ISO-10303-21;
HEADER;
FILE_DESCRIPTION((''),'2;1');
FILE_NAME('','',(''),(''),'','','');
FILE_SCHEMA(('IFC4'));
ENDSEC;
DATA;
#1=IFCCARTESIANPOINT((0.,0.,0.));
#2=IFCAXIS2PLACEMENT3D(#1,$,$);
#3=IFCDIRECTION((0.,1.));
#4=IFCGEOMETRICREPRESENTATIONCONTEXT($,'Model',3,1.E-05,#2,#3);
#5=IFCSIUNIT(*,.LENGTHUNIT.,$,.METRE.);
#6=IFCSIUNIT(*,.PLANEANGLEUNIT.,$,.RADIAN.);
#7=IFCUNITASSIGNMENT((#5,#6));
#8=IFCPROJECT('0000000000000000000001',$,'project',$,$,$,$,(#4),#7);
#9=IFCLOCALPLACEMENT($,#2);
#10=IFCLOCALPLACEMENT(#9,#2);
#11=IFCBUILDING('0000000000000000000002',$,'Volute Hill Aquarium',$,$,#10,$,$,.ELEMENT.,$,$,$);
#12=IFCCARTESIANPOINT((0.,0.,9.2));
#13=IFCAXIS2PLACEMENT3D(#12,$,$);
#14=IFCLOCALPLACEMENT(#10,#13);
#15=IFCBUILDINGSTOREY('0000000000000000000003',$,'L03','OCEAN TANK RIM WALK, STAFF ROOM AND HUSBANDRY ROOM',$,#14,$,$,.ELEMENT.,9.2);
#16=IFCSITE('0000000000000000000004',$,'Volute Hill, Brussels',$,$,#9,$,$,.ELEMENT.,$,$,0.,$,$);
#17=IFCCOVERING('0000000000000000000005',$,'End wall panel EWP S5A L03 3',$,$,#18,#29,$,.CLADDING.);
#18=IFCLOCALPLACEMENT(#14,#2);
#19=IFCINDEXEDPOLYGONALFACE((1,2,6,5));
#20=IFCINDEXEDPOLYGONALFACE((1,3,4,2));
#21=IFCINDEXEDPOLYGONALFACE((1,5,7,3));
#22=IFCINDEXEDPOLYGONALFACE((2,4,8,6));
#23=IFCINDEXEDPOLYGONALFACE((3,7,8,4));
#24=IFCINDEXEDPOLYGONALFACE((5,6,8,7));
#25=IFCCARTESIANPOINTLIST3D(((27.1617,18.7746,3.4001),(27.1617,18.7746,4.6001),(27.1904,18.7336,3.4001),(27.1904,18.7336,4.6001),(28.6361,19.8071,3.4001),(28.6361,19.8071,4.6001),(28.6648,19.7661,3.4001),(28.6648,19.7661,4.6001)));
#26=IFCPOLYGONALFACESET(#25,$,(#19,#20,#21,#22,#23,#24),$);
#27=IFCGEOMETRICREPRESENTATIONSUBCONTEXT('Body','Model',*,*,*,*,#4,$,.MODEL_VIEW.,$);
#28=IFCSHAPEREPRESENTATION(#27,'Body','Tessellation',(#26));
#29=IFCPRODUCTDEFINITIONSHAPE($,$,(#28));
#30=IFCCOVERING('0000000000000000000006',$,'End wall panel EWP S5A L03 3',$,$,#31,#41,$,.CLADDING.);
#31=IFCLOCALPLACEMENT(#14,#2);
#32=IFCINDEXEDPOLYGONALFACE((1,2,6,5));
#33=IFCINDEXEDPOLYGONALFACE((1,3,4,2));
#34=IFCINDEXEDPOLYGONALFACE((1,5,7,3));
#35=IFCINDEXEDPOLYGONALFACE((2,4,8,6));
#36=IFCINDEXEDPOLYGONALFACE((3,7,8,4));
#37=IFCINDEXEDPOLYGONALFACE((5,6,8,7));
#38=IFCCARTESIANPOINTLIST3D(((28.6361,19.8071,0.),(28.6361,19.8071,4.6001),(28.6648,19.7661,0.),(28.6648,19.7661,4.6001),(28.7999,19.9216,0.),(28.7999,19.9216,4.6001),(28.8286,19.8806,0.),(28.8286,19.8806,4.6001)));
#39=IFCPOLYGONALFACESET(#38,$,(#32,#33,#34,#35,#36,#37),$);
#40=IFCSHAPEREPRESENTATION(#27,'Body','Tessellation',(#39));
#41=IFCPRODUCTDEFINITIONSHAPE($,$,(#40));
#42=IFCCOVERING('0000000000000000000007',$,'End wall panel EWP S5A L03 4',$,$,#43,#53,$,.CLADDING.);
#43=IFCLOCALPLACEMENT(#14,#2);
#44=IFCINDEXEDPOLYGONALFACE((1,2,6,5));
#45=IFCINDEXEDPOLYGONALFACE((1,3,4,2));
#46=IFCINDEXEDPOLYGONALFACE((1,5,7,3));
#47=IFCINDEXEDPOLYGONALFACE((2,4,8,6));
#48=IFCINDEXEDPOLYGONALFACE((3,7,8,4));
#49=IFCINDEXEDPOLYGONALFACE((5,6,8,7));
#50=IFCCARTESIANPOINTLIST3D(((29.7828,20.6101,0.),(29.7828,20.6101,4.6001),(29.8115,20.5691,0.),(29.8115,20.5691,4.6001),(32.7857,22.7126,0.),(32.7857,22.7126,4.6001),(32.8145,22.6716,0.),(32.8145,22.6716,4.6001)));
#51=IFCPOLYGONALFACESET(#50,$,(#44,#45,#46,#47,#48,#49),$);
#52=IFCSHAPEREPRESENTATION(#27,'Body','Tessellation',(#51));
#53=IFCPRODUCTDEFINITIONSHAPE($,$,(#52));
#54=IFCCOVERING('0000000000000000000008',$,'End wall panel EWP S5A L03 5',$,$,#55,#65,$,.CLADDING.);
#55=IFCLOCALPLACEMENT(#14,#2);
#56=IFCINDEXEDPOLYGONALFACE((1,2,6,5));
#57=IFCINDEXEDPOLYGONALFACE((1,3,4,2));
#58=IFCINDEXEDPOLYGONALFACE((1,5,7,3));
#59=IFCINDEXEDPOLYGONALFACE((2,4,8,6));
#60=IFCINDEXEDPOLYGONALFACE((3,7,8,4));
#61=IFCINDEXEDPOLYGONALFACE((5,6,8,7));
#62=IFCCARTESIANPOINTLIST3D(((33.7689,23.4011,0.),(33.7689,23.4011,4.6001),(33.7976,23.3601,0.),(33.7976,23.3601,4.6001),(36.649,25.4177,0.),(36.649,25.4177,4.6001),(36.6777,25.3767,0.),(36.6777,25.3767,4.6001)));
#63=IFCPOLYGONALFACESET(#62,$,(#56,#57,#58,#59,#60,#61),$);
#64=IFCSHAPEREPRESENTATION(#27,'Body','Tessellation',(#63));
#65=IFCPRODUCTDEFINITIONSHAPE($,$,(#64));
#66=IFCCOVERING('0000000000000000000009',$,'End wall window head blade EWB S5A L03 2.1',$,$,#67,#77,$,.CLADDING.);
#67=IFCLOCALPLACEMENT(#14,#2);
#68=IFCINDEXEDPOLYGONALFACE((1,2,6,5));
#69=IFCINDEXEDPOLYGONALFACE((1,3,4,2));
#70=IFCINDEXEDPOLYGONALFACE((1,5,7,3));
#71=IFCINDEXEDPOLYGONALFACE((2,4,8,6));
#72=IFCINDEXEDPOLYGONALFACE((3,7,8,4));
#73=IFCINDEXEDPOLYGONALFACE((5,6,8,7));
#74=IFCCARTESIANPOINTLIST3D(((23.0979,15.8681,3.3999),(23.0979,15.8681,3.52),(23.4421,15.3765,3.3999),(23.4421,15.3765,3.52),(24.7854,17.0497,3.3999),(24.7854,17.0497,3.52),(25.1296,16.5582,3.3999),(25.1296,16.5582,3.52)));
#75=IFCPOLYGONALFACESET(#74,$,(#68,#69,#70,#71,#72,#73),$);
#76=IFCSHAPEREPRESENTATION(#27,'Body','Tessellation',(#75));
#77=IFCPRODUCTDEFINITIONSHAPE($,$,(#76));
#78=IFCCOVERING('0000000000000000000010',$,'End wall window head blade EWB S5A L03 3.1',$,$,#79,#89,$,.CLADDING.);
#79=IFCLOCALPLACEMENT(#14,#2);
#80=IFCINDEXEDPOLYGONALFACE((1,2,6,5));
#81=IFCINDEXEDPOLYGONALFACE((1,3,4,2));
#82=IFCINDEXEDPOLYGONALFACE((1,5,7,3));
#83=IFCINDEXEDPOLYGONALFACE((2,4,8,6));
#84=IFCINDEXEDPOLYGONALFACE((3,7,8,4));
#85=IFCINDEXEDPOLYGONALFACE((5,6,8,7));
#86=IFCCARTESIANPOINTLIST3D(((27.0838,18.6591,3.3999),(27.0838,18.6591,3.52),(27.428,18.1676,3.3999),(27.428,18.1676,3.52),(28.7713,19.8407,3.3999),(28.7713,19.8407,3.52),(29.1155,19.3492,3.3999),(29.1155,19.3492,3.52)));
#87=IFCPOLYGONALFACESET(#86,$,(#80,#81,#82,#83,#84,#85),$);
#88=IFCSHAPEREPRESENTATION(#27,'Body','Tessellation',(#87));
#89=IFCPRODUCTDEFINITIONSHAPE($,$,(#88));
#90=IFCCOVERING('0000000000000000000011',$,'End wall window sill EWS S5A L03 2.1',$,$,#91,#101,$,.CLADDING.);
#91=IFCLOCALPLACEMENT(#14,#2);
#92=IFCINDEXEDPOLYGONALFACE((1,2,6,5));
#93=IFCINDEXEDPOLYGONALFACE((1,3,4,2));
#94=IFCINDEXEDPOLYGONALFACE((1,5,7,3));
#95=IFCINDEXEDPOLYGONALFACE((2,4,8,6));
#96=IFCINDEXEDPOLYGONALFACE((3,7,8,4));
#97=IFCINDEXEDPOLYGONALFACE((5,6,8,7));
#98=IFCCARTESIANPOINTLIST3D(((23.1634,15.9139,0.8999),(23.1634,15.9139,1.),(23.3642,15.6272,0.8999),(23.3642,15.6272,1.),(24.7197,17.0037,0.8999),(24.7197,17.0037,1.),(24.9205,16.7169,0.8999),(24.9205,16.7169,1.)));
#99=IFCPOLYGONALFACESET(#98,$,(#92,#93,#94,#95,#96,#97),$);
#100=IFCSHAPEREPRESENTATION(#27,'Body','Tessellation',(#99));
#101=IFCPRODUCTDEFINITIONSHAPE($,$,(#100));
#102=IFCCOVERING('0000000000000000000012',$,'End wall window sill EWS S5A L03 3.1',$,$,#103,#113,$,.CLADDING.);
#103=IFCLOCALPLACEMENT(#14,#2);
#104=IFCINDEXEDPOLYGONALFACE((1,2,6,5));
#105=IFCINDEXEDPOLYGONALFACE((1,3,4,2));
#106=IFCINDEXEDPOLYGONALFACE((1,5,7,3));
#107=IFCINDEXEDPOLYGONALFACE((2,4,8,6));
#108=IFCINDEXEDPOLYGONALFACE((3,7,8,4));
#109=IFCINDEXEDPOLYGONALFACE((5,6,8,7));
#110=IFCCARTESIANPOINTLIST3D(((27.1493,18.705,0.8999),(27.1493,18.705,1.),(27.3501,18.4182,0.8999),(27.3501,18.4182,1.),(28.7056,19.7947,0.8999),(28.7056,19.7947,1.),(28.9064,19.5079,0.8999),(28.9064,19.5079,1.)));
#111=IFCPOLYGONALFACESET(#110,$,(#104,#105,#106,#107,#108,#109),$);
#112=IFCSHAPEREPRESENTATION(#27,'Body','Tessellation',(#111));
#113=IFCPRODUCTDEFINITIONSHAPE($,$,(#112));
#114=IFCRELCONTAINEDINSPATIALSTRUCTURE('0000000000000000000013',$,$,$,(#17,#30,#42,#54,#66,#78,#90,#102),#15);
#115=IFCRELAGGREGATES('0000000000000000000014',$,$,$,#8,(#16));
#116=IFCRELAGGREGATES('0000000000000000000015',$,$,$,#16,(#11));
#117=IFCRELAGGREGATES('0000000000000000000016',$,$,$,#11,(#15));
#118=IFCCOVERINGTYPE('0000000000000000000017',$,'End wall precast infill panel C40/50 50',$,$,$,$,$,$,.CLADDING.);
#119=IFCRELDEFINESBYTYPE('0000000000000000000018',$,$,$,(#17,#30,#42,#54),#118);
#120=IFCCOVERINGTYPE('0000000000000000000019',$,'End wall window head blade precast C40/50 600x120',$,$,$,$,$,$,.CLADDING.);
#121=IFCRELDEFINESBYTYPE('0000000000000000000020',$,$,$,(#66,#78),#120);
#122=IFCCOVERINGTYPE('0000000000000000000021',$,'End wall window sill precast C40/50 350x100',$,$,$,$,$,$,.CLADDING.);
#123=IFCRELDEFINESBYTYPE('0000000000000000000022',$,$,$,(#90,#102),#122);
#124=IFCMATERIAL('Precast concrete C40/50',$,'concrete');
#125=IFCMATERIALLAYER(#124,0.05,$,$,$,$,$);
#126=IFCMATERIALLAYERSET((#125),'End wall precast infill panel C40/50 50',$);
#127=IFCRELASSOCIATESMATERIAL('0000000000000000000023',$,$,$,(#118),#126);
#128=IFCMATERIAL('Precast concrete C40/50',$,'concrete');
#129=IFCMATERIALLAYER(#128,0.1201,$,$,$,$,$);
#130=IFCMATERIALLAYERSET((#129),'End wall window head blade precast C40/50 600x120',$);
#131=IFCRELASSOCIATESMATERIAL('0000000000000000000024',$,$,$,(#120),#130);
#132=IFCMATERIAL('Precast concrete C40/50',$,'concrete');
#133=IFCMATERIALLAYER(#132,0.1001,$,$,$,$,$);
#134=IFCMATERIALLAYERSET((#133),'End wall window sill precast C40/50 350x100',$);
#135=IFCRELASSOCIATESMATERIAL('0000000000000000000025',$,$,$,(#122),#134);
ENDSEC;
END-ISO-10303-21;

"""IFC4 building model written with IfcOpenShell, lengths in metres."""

from ifc_helpers import new_model, si_unit, direction, frame, origin, origin_2d, place, context, subcontext, project, spatial, polyline, rectangle, outline, extrude, material, layer, layer_set, type_object, element, save


model = new_model("IFC4")

# Units and contexts
model_context = context("Model", 3, precision=1e-05, world=origin(), true_north=direction((0.0, 1.0)))
body_context = subcontext(model_context, "Body", "Model", "MODEL_VIEW")
ifc_project = project(units=[si_unit("LENGTHUNIT", "METRE"), si_unit("PLANEANGLEUNIT", "RADIAN")], contexts=[model_context])

# Site, building, storey
site_placement = place(None, origin())
site = spatial("IfcSite", under=ifc_project, at=site_placement, Name="Volute Hill, Brussels", CompositionType="ELEMENT", RefElevation=0.0)
building_placement = place(site_placement, origin())
building = spatial("IfcBuilding", under=site, at=building_placement, Name="Volute Hill Aquarium", CompositionType="ELEMENT")
storey_placement = place(building_placement, frame((0.0, 0.0, 9.2)))
storey = spatial("IfcBuildingStorey", under=building, at=storey_placement, Name="L03", Description="OCEAN TANK RIM WALK, STAFF ROOM AND HUSBANDRY ROOM", CompositionType="ELEMENT", Elevation=9.2)

# Coverings
ifc_material_1 = material(Name="Precast concrete C40/50", Category="concrete")
ifc_layer_1 = layer(ifc_material_1, 0.05)
ifc_layer_set_1 = layer_set([ifc_layer_1], Name="End wall precast infill panel C40/50 50")
covering_type_1 = type_object("IfcCoveringType", Name="End wall precast infill panel C40/50 50", PredefinedType="CLADDING", material=ifc_layer_set_1)
covering_1_placement = place(storey_placement, frame((27.1904, 18.7336, 3.4001), z_axis=(0.573617, -0.819124, 0.0), x_axis=(0.819124, 0.573617, 0.0)))
element("IfcCovering", 1, at=covering_1_placement, inside=storey, type_object=covering_type_1, Name="End wall panel EWP S5A L03 3", PredefinedType="CLADDING", context=body_context, shape_type="SweptSolid", body=[
    extrude(outline(polyline([(0.0, 0.0), (1.7999, 0.0), (1.7999, 1.2), (0.0, 1.2), (0.0, 0.0)])), origin(), (0.0, 0.0, -1.0), 0.05),
])
covering_2_placement = place(storey_placement, frame((28.6648, 19.7661, 0.0), z_axis=(0.572888, -0.819633, 0.0), x_axis=(0.819633, 0.572888, 0.0)))
element("IfcCovering", 2, at=covering_2_placement, inside=storey, type_object=covering_type_1, Name="End wall panel EWP S5A L03 3", PredefinedType="CLADDING", context=body_context, shape_type="SweptSolid", body=[
    extrude(outline(polyline([(0.0, 0.0), (0.1999, 0.0), (0.1999, 4.6001), (0.0, 4.6001), (0.0, 0.0)])), origin(), (0.0, 0.0, -1.0), 0.05),
])
covering_3_placement = place(storey_placement, frame((29.8115, 20.5691, 0.0), z_axis=(0.573552, -0.819169, 0.0), x_axis=(0.819169, 0.573552, 0.0)))
element("IfcCovering", 3, at=covering_3_placement, inside=storey, type_object=covering_type_1, Name="End wall panel EWP S5A L03 4", PredefinedType="CLADDING", context=body_context, shape_type="SweptSolid", body=[
    extrude(outline(polyline([(0.0, 0.0), (3.6658, 0.0), (3.6658, 4.6001), (0.0, 4.6001), (0.0, 0.0)])), origin(), (0.0, 0.0, -1.0), 0.05),
])
covering_4_placement = place(storey_placement, frame((33.7976, 23.3601, 0.0), z_axis=(0.57356, -0.819163, 0.0), x_axis=(0.819163, 0.57356, 0.0)))
element("IfcCovering", 4, at=covering_4_placement, inside=storey, type_object=covering_type_1, Name="End wall panel EWP S5A L03 5", PredefinedType="CLADDING", context=body_context, shape_type="SweptSolid", body=[
    extrude(outline(polyline([(0.0, 0.0), (3.5159, 0.0), (3.5159, 4.6001), (0.0, 4.6001), (0.0, 0.0)])), origin(), (0.0, 0.0, -1.0), 0.05),
])
ifc_material_2 = material(Name="Precast concrete C40/50", Category="concrete")
ifc_layer_2 = layer(ifc_material_2, 0.1201)
ifc_layer_set_2 = layer_set([ifc_layer_2], Name="End wall window head blade precast C40/50 600x120")
covering_type_2 = type_object("IfcCoveringType", Name="End wall window head blade precast C40/50 600x120", PredefinedType="CLADDING", material=ifc_layer_set_2)
for number, where, z_axis, x_axis, name in (
    (5, (24.1138, 16.2131, 3.3999), (0.0, 0.0, 1.0), (0.81915, 0.573579, 0.0), "End wall window head blade EWB S5A L03 2.1"),
    (6, (28.0996, 19.0042, 3.3999), (0.0, 0.0, 1.0), (0.81915, 0.573579, 0.0), "End wall window head blade EWB S5A L03 3.1"),
):
    element("IfcCovering", number, at=place(storey_placement, frame(where, z_axis=z_axis, x_axis=x_axis)), inside=storey, type_object=covering_type_2, Name=name, PredefinedType="CLADDING", context=body_context, shape_type="SweptSolid", body=[
        extrude(rectangle(XDim=2.0601, YDim=0.6001, at=origin_2d()), origin(), (0.0, 0.0, 1.0), 0.1201),
    ])
ifc_material_3 = material(Name="Precast concrete C40/50", Category="concrete")
ifc_layer_3 = layer(ifc_material_3, 0.1001)
ifc_layer_set_3 = layer_set([ifc_layer_3], Name="End wall window sill precast C40/50 350x100")
covering_type_3 = type_object("IfcCoveringType", Name="End wall window sill precast C40/50 350x100", PredefinedType="CLADDING", material=ifc_layer_set_3)
for number, where, z_axis, x_axis, name in (
    (7, (24.042, 16.3154, 0.8999), (0.0, 0.0, 1.0), (0.81915, 0.573579, 0.0), "End wall window sill EWS S5A L03 2.1"),
    (8, (28.0278, 19.1064, 0.8999), (0.0, 0.0, 1.0), (0.81915, 0.573579, 0.0), "End wall window sill EWS S5A L03 3.1"),
):
    element("IfcCovering", number, at=place(storey_placement, frame(where, z_axis=z_axis, x_axis=x_axis)), inside=storey, type_object=covering_type_3, Name=name, PredefinedType="CLADDING", context=body_context, shape_type="SweptSolid", body=[
        extrude(rectangle(XDim=1.8999, YDim=0.3501, at=origin_2d()), origin(), (0.0, 0.0, 1.0), 0.1001),
    ])

save(model, "model.ifc")
